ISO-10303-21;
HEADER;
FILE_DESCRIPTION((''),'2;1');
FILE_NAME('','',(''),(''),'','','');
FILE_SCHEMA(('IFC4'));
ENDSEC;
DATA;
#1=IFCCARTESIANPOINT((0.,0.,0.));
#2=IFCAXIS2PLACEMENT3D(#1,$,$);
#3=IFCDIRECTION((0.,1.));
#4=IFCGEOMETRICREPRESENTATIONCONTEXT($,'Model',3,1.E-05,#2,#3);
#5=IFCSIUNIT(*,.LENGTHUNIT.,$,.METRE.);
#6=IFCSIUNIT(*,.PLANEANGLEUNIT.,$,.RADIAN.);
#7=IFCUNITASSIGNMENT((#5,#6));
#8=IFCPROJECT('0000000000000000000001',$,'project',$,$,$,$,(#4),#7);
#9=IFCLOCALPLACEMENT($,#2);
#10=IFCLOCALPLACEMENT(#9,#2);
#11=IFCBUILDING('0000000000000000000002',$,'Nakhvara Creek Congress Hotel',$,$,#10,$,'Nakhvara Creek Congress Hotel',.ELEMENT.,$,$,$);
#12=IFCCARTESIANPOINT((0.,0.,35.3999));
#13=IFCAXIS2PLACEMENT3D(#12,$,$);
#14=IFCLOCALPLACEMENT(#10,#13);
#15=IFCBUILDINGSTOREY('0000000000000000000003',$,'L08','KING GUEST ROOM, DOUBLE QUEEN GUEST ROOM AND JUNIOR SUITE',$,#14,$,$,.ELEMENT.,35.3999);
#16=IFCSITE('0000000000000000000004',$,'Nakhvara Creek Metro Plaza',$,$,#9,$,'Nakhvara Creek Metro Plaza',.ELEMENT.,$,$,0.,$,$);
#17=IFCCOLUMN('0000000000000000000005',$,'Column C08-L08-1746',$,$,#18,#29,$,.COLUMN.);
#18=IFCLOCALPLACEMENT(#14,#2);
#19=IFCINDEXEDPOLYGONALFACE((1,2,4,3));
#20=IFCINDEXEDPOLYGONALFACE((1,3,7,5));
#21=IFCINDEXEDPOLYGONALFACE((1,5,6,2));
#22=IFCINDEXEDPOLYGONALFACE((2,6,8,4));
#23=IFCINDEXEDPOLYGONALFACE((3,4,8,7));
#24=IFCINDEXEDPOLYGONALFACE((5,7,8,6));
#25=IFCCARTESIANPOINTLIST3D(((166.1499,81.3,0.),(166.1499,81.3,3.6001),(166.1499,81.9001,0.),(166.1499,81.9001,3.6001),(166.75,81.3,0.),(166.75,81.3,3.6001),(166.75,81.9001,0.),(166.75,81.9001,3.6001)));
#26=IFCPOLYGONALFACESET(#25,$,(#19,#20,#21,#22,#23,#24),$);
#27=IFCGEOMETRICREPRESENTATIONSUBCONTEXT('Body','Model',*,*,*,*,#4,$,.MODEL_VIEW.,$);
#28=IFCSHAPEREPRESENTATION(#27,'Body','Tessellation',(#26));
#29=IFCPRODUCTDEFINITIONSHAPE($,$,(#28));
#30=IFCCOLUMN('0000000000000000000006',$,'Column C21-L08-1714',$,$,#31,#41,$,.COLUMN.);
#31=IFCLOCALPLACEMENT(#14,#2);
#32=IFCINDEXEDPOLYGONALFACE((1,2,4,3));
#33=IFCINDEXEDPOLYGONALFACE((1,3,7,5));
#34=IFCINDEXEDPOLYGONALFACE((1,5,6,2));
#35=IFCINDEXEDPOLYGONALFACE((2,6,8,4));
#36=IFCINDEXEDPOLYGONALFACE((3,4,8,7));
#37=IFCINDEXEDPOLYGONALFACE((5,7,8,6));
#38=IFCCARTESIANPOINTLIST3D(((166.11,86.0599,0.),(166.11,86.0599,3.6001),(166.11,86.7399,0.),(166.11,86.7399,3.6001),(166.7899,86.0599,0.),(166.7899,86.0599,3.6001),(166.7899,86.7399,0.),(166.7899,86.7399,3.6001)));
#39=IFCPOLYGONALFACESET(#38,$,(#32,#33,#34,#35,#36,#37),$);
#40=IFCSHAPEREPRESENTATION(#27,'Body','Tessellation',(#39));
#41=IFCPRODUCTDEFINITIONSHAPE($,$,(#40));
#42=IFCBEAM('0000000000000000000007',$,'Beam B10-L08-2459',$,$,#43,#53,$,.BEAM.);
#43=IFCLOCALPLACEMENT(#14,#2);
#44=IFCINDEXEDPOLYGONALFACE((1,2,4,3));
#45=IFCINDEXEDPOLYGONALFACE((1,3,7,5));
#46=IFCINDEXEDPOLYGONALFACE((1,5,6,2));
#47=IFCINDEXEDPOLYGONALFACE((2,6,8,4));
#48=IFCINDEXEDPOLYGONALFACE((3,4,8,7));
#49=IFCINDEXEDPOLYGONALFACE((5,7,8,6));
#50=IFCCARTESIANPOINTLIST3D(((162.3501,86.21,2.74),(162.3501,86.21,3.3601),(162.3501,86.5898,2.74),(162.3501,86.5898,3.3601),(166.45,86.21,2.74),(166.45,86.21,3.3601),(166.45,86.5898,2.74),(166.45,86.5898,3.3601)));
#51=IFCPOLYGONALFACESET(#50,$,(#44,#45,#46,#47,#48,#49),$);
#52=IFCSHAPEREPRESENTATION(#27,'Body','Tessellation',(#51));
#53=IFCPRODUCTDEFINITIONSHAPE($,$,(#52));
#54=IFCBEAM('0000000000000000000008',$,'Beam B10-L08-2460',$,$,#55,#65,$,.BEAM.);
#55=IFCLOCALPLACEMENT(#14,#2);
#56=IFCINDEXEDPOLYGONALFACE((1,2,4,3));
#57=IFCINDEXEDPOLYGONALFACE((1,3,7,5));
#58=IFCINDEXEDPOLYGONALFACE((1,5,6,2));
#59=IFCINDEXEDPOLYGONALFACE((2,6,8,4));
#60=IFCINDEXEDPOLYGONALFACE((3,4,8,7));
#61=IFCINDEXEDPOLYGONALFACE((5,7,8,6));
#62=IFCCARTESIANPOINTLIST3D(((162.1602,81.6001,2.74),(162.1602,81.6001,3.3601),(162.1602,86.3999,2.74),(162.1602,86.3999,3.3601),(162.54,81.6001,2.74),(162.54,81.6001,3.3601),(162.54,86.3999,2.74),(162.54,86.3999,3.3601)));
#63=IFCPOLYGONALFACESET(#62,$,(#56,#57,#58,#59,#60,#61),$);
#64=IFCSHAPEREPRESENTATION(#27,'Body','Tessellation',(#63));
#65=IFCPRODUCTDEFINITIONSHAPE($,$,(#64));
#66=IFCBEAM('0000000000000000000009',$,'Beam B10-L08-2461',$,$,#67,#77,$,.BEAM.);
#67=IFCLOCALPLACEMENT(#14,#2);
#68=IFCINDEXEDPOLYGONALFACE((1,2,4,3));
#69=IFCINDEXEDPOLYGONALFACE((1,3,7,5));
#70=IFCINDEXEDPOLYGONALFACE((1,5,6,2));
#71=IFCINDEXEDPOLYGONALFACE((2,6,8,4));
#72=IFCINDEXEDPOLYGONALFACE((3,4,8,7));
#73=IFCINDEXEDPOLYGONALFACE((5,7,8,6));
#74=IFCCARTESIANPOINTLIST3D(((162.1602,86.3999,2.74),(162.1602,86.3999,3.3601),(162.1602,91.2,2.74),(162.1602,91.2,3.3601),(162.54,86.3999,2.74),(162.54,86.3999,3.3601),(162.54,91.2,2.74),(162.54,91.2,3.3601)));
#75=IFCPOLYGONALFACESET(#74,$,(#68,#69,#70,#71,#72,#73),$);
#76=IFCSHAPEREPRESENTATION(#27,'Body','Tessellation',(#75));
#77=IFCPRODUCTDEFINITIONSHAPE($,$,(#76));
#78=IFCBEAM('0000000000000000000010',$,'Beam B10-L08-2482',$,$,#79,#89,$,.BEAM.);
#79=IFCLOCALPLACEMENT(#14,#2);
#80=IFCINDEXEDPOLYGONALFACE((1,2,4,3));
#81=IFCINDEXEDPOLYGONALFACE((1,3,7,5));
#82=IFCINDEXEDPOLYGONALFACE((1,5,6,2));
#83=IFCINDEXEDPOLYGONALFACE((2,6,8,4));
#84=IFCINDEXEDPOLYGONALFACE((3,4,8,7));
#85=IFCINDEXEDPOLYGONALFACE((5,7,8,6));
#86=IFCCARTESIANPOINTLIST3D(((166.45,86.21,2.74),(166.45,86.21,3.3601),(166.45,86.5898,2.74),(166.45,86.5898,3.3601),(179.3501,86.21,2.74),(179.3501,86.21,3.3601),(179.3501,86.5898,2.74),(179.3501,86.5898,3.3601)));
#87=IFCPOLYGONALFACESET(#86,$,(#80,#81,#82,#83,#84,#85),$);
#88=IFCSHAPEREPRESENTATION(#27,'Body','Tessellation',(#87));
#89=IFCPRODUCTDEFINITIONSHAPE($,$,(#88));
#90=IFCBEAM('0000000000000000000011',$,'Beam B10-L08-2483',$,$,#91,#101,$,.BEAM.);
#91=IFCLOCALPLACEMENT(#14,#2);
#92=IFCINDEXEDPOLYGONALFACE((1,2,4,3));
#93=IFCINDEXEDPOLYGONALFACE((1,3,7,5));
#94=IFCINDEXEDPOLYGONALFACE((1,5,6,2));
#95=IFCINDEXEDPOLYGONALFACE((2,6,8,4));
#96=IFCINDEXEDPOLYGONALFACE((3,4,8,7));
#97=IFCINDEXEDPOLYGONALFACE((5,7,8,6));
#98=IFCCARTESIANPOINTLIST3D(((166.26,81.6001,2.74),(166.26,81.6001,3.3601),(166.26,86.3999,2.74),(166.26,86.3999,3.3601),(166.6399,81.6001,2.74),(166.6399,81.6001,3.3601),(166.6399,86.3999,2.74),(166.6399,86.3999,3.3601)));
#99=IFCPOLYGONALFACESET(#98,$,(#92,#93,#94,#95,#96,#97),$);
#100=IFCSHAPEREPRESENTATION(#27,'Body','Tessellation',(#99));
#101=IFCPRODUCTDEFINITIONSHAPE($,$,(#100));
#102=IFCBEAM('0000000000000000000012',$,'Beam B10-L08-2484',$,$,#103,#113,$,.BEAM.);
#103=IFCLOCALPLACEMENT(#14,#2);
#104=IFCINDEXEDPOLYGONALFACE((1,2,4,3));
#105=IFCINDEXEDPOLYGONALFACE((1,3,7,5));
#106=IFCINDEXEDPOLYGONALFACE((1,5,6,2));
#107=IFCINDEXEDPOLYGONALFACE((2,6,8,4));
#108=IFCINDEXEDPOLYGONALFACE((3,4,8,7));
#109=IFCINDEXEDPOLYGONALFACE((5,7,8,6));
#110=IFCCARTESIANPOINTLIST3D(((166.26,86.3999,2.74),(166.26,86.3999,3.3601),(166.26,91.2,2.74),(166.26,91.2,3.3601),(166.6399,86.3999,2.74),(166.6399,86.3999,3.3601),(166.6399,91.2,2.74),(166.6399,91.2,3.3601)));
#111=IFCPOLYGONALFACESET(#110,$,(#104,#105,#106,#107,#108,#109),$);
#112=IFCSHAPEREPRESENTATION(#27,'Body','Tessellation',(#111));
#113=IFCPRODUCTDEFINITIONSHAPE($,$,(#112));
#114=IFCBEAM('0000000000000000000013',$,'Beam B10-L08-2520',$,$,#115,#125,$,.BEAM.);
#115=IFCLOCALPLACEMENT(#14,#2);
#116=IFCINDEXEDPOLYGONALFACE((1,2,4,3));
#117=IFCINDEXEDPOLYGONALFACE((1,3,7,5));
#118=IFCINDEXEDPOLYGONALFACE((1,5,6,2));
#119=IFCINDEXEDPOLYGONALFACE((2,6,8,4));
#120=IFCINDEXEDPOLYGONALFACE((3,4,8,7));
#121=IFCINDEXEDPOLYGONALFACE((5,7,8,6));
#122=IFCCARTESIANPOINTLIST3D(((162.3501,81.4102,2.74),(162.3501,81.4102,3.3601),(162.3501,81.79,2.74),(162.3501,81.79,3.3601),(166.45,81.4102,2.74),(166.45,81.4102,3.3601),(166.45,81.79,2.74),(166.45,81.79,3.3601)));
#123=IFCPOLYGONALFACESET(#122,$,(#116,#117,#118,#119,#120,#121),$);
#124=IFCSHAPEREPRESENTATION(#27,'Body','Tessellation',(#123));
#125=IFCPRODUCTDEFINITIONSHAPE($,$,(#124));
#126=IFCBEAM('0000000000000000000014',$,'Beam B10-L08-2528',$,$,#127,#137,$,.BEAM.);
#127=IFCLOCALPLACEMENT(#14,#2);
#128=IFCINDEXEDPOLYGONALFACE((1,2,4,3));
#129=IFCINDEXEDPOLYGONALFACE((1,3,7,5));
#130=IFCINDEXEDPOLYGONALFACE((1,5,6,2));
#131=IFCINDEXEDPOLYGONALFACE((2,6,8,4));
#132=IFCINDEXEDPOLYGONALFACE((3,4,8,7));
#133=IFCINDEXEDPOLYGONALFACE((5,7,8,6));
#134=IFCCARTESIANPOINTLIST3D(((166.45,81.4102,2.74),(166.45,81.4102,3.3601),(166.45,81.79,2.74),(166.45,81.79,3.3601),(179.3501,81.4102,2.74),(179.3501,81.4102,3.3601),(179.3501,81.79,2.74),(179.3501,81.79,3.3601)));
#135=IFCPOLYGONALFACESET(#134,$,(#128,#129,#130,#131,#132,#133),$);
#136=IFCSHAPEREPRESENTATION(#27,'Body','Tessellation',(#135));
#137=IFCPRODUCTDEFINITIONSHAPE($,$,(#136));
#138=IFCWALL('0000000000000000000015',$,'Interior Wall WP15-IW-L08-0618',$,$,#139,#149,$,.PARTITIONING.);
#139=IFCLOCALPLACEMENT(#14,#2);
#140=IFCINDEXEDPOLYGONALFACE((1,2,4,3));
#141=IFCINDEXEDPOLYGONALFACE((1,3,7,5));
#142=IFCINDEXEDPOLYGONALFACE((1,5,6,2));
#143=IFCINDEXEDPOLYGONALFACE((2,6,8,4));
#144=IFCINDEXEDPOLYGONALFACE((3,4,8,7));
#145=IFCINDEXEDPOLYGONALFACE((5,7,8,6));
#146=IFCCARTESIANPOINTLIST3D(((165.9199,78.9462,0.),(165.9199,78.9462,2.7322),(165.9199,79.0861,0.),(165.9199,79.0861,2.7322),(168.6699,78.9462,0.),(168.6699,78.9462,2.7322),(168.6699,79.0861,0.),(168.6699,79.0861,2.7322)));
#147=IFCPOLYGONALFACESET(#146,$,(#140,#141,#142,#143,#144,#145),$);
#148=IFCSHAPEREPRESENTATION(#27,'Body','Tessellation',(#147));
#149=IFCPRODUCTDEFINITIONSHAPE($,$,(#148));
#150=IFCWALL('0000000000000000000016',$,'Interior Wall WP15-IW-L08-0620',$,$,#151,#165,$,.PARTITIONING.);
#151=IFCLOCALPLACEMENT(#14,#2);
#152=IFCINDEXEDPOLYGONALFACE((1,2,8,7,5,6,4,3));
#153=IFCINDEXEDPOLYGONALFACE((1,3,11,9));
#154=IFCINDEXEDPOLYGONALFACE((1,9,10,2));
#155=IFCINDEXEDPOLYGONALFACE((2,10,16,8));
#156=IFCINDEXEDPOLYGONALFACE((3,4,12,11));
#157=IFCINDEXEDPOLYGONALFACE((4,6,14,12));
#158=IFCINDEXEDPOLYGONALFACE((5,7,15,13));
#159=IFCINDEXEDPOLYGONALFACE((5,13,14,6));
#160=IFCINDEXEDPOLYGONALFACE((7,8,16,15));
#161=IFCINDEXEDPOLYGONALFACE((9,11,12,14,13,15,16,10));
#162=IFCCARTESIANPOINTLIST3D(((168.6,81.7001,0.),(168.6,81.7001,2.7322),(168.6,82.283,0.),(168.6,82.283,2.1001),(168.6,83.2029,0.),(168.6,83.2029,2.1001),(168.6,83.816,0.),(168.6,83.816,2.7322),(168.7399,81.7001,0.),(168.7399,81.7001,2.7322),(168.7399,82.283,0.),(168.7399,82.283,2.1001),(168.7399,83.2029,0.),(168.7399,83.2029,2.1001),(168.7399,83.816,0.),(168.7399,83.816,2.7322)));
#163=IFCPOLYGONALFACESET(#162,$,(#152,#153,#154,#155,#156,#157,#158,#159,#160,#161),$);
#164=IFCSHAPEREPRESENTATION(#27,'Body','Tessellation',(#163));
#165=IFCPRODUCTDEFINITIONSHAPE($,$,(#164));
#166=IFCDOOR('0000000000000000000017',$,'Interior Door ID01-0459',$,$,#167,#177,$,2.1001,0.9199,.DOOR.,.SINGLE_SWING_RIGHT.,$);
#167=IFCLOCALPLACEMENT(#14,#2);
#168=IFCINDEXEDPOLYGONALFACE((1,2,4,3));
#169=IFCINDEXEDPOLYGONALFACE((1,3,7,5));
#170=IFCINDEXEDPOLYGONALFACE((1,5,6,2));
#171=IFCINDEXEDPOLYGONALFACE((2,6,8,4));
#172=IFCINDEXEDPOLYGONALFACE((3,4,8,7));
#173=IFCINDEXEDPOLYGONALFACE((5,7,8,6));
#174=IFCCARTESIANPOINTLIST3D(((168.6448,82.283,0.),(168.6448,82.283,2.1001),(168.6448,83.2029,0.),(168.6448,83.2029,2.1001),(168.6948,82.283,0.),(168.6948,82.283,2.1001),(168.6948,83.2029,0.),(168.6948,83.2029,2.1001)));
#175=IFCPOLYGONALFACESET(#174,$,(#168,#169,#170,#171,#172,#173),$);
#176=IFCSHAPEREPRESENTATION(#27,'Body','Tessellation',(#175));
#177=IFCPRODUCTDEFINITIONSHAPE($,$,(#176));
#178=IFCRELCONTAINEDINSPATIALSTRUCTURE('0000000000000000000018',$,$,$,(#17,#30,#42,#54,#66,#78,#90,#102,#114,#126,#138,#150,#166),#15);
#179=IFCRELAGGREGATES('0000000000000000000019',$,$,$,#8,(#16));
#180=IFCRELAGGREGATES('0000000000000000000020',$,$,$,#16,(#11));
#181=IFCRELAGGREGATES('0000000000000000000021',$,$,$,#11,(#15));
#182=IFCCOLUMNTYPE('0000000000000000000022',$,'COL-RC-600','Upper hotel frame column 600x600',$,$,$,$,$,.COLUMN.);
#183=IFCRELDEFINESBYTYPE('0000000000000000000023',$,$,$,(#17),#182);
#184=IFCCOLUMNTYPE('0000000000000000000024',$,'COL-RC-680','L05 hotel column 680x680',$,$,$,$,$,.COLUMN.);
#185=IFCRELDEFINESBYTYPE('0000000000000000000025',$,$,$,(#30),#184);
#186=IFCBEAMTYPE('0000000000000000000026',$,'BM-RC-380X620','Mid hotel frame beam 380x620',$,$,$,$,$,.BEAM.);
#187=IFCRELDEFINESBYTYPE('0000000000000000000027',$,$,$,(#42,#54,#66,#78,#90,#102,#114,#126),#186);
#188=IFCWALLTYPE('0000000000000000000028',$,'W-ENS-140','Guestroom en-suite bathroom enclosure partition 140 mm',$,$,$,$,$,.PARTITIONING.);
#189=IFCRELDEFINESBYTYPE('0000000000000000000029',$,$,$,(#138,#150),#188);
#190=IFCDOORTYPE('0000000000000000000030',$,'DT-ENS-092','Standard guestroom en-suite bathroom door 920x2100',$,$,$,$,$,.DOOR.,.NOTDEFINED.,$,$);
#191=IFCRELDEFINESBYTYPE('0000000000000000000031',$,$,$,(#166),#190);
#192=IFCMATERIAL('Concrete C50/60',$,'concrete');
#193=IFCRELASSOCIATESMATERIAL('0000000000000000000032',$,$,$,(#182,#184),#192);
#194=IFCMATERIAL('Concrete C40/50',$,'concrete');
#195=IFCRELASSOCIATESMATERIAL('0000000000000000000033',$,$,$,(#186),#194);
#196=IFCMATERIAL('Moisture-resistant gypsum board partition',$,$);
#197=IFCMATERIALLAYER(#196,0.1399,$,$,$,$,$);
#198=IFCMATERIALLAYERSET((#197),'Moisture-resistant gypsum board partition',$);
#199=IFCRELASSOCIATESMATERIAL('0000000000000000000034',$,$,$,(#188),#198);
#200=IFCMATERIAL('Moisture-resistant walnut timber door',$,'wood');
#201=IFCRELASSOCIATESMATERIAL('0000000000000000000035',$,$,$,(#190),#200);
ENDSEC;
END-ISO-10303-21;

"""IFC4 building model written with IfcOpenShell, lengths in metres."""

from ifc_helpers import new_model, si_unit, direction, frame, frame_2d, origin, origin_2d, place, context, subcontext, project, spatial, rectangle, extrude, material, layer, layer_set, material_profile, profile_set, type_object, element, fill, save


model = new_model("IFC4")

# Units and contexts
model_context = context("Model", 3, precision=1e-05, world=origin(), true_north=direction((0.0, 1.0)))
body_context = subcontext(model_context, "Body", "Model", "MODEL_VIEW")
ifc_project = project(units=[si_unit("LENGTHUNIT", "METRE"), si_unit("PLANEANGLEUNIT", "RADIAN")], contexts=[model_context])

# Site, building, storey
site_placement = place(None, origin())
site = spatial("IfcSite", under=ifc_project, at=site_placement, Name="Nakhvara Creek Metro Plaza", LongName="Nakhvara Creek Metro Plaza", CompositionType="ELEMENT", RefElevation=0.0)
building_placement = place(site_placement, origin())
building = spatial("IfcBuilding", under=site, at=building_placement, Name="Nakhvara Creek Congress Hotel", LongName="Nakhvara Creek Congress Hotel", CompositionType="ELEMENT")
storey_placement = place(building_placement, frame((0.0, 0.0, 35.3999)))
storey = spatial("IfcBuildingStorey", under=building, at=storey_placement, Name="L08", Description="KING GUEST ROOM, DOUBLE QUEEN GUEST ROOM AND JUNIOR SUITE", CompositionType="ELEMENT", Elevation=35.3999)

# Columns
ifc_material_1 = material(Name="Concrete C50/60", Category="concrete")
ifc_material_profile_1 = material_profile(ifc_material_1, rectangle(XDim=0.6001, YDim=0.6001, at=origin_2d()), Name="RC-COL 600x600", Category="LoadBearing")
ifc_profile_set_1 = profile_set([ifc_material_profile_1], Name="Concrete C50/60")
column_type_1 = type_object("IfcColumnType", Name="COL-RC-600", Description="Upper hotel frame column 600x600", PredefinedType="COLUMN", material=ifc_profile_set_1)
column_1_placement = place(storey_placement, frame((166.45, 81.6001, 0.0), z_axis=(0.0, 0.0, 1.0), x_axis=(1.0, 0.0, 0.0)))
element("IfcColumn", 1, at=column_1_placement, inside=storey, type_object=column_type_1, Name="Column C08-L08-1746", PredefinedType="COLUMN", context=body_context, shape_type="SweptSolid", body=[
    extrude(rectangle(XDim=0.6001, YDim=0.6001, at=origin_2d()), origin(), (0.0, 0.0, 1.0), 3.6001),
])
ifc_material_profile_2 = material_profile(ifc_material_1, rectangle(XDim=0.6799, YDim=0.6799, at=origin_2d()), Name="RC-COL 680x680", Category="LoadBearing")
ifc_profile_set_2 = profile_set([ifc_material_profile_2], Name="Concrete C50/60")
column_type_2 = type_object("IfcColumnType", Name="COL-RC-680", Description="L05 hotel column 680x680", PredefinedType="COLUMN", material=ifc_profile_set_2)
column_2_placement = place(storey_placement, frame((166.45, 86.3999, 0.0), z_axis=(0.0, 0.0, 1.0), x_axis=(1.0, 0.0, 0.0)))
element("IfcColumn", 2, at=column_2_placement, inside=storey, type_object=column_type_2, Name="Column C21-L08-1714", PredefinedType="COLUMN", context=body_context, shape_type="SweptSolid", body=[
    extrude(rectangle(XDim=0.6799, YDim=0.6799, at=origin_2d()), origin(), (0.0, 0.0, 1.0), 3.6001),
])

# Beams
ifc_material_2 = material(Name="Concrete C40/50", Category="concrete")
ifc_material_profile_3 = material_profile(ifc_material_2, rectangle(XDim=0.3799, YDim=0.6201, at=origin_2d()), Name="RC-BM 380x620", Category="LoadBearing")
ifc_profile_set_3 = profile_set([ifc_material_profile_3], Name="Concrete C40/50")
beam_type = type_object("IfcBeamType", Name="BM-RC-380X620", Description="Mid hotel frame beam 380x620", PredefinedType="BEAM", material=ifc_profile_set_3)
beam_1_placement = place(storey_placement, frame((162.3501, 86.3999, 3.05), z_axis=(1.0, 0.0, 0.0), x_axis=(0.0, 1.0, 0.0)))
element("IfcBeam", 3, at=beam_1_placement, inside=storey, type_object=beam_type, Name="Beam B10-L08-2459", PredefinedType="BEAM", context=body_context, shape_type="SweptSolid", body=[
    extrude(rectangle(XDim=0.3799, YDim=0.6201, at=origin_2d()), origin(), (0.0, 0.0, 1.0), 4.0999),
])
beam_2_placement = place(storey_placement, frame((162.3501, 81.6001, 3.05), z_axis=(0.0, 1.0, 0.0), x_axis=(-1.0, 0.0, 0.0)))
element("IfcBeam", 4, at=beam_2_placement, inside=storey, type_object=beam_type, Name="Beam B10-L08-2460", PredefinedType="BEAM", context=body_context, shape_type="SweptSolid", body=[
    extrude(rectangle(XDim=0.3799, YDim=0.6201, at=origin_2d()), origin(), (0.0, 0.0, 1.0), 4.7998),
])
beam_3_placement = place(storey_placement, frame((162.3501, 86.3999, 3.05), z_axis=(0.0, 1.0, 0.0), x_axis=(-1.0, 0.0, 0.0)))
element("IfcBeam", 5, at=beam_3_placement, inside=storey, type_object=beam_type, Name="Beam B10-L08-2461", PredefinedType="BEAM", context=body_context, shape_type="SweptSolid", body=[
    extrude(rectangle(XDim=0.3799, YDim=0.6201, at=origin_2d()), origin(), (0.0, 0.0, 1.0), 4.8),
])
beam_4_placement = place(storey_placement, frame((166.45, 86.3999, 3.05), z_axis=(1.0, 0.0, 0.0), x_axis=(0.0, 1.0, 0.0)))
element("IfcBeam", 6, at=beam_4_placement, inside=storey, type_object=beam_type, Name="Beam B10-L08-2482", PredefinedType="BEAM", context=body_context, shape_type="SweptSolid", body=[
    extrude(rectangle(XDim=0.3799, YDim=0.6201, at=origin_2d()), origin(), (0.0, 0.0, 1.0), 12.9001),
])
beam_5_placement = place(storey_placement, frame((166.45, 81.6001, 3.05), z_axis=(0.0, 1.0, 0.0), x_axis=(-1.0, 0.0, 0.0)))
element("IfcBeam", 7, at=beam_5_placement, inside=storey, type_object=beam_type, Name="Beam B10-L08-2483", PredefinedType="BEAM", context=body_context, shape_type="SweptSolid", body=[
    extrude(rectangle(XDim=0.3799, YDim=0.6201, at=origin_2d()), origin(), (0.0, 0.0, 1.0), 4.7998),
])
beam_6_placement = place(storey_placement, frame((166.45, 86.3999, 3.05), z_axis=(0.0, 1.0, 0.0), x_axis=(-1.0, 0.0, 0.0)))
element("IfcBeam", 8, at=beam_6_placement, inside=storey, type_object=beam_type, Name="Beam B10-L08-2484", PredefinedType="BEAM", context=body_context, shape_type="SweptSolid", body=[
    extrude(rectangle(XDim=0.3799, YDim=0.6201, at=origin_2d()), origin(), (0.0, 0.0, 1.0), 4.8),
])
beam_7_placement = place(storey_placement, frame((162.3501, 81.6001, 3.05), z_axis=(1.0, 0.0, 0.0), x_axis=(0.0, 1.0, 0.0)))
element("IfcBeam", 9, at=beam_7_placement, inside=storey, type_object=beam_type, Name="Beam B10-L08-2520", PredefinedType="BEAM", context=body_context, shape_type="SweptSolid", body=[
    extrude(rectangle(XDim=0.3799, YDim=0.6201, at=origin_2d()), origin(), (0.0, 0.0, 1.0), 4.0999),
])
beam_8_placement = place(storey_placement, frame((166.45, 81.6001, 3.05), z_axis=(1.0, 0.0, 0.0), x_axis=(0.0, 1.0, 0.0)))
element("IfcBeam", 10, at=beam_8_placement, inside=storey, type_object=beam_type, Name="Beam B10-L08-2528", PredefinedType="BEAM", context=body_context, shape_type="SweptSolid", body=[
    extrude(rectangle(XDim=0.3799, YDim=0.6201, at=origin_2d()), origin(), (0.0, 0.0, 1.0), 12.9001),
])

# Shared definitions
ifc_material_3 = material(Name="Moisture-resistant gypsum board partition")
ifc_layer_1 = layer(ifc_material_3, 0.1399)
ifc_layer_set_1 = layer_set([ifc_layer_1], Name="Moisture-resistant gypsum board partition")
wall_type_1 = type_object("IfcWallType", Name="W-ENS-140", Description="Guestroom en-suite bathroom enclosure partition 140 mm", PredefinedType="PARTITIONING", material=ifc_layer_set_1)
ifc_material_4 = material(Name="Moisture-resistant walnut timber door", Category="wood")

# Wall
wall_1_placement = place(storey_placement, frame((165.9199, 79.0161, 0.0), z_axis=(0.0, 0.0, 1.0), x_axis=(1.0, 0.0, 0.0)))
element("IfcWall", 11, at=wall_1_placement, inside=storey, type_object=wall_type_1, Name="Interior Wall WP15-IW-L08-0618", PredefinedType="PARTITIONING", context=body_context, shape_type="SweptSolid", body=[
    extrude(rectangle(XDim=2.75, YDim=0.1399, at=frame_2d((1.375, 0.0))), origin(), (0.0, 0.0, 1.0), 2.7322),
])

# Wall, opening, door
wall_2_placement = place(storey_placement, frame((168.6699, 81.7, 0.0), z_axis=(0.0, 0.0, 1.0), x_axis=(0.0, 1.0, 0.0)))
wall_2 = element("IfcWall", 12, at=wall_2_placement, inside=storey, type_object=wall_type_1, Name="Interior Wall WP15-IW-L08-0620", PredefinedType="PARTITIONING", context=body_context, shape_type="SweptSolid", body=[
    extrude(rectangle(XDim=2.116, YDim=0.1399, at=frame_2d((1.0581, 0.0))), origin(), (0.0, 0.0, 1.0), 2.7322),
])
opening_1_placement = place(wall_2_placement, frame((0.583, 0.0, 0.0)))
opening_1 = element("IfcOpeningElement", 13, at=opening_1_placement, cuts=wall_2, PredefinedType="OPENING", context=body_context, shape_type="SweptSolid", body=[
    extrude(rectangle(XDim=0.9199, YDim=2.1001, at=frame_2d((0.46, 1.05))), frame((0.0, 0.082, 0.0), z_axis=(0.0, -1.0, 0.0), x_axis=(1.0, 0.0, 0.0)), (0.0, 0.0, 1.0), 0.1638),
])
door_type_1 = type_object("IfcDoorType", Name="DT-ENS-092", Description="Standard guestroom en-suite bathroom door 920x2100", OperationType="NOTDEFINED", PredefinedType="DOOR", material=ifc_material_4)
door_1_placement = place(opening_1_placement, frame((0.9199, 0.0, 0.0), z_axis=(0.0, 0.0, 1.0), x_axis=(-1.0, 0.0, 0.0)))
door_1 = element("IfcDoor", 14, at=door_1_placement, inside=storey, type_object=door_type_1, Name="Interior Door ID01-0459", OperationType="SINGLE_SWING_RIGHT", OverallHeight=2.1001, OverallWidth=0.9199, PredefinedType="DOOR", context=body_context, shape_type="SweptSolid", body=[
    extrude(rectangle(XDim=0.9199, YDim=2.1001, at=frame_2d((0.46, 1.05))), frame((0.0, 0.0249, 0.0), z_axis=(0.0, -1.0, 0.0), x_axis=(1.0, 0.0, 0.0)), (0.0, 0.0, 1.0), 0.05),
])
fill(opening_1, door_1)

save(model, "model.ifc")
